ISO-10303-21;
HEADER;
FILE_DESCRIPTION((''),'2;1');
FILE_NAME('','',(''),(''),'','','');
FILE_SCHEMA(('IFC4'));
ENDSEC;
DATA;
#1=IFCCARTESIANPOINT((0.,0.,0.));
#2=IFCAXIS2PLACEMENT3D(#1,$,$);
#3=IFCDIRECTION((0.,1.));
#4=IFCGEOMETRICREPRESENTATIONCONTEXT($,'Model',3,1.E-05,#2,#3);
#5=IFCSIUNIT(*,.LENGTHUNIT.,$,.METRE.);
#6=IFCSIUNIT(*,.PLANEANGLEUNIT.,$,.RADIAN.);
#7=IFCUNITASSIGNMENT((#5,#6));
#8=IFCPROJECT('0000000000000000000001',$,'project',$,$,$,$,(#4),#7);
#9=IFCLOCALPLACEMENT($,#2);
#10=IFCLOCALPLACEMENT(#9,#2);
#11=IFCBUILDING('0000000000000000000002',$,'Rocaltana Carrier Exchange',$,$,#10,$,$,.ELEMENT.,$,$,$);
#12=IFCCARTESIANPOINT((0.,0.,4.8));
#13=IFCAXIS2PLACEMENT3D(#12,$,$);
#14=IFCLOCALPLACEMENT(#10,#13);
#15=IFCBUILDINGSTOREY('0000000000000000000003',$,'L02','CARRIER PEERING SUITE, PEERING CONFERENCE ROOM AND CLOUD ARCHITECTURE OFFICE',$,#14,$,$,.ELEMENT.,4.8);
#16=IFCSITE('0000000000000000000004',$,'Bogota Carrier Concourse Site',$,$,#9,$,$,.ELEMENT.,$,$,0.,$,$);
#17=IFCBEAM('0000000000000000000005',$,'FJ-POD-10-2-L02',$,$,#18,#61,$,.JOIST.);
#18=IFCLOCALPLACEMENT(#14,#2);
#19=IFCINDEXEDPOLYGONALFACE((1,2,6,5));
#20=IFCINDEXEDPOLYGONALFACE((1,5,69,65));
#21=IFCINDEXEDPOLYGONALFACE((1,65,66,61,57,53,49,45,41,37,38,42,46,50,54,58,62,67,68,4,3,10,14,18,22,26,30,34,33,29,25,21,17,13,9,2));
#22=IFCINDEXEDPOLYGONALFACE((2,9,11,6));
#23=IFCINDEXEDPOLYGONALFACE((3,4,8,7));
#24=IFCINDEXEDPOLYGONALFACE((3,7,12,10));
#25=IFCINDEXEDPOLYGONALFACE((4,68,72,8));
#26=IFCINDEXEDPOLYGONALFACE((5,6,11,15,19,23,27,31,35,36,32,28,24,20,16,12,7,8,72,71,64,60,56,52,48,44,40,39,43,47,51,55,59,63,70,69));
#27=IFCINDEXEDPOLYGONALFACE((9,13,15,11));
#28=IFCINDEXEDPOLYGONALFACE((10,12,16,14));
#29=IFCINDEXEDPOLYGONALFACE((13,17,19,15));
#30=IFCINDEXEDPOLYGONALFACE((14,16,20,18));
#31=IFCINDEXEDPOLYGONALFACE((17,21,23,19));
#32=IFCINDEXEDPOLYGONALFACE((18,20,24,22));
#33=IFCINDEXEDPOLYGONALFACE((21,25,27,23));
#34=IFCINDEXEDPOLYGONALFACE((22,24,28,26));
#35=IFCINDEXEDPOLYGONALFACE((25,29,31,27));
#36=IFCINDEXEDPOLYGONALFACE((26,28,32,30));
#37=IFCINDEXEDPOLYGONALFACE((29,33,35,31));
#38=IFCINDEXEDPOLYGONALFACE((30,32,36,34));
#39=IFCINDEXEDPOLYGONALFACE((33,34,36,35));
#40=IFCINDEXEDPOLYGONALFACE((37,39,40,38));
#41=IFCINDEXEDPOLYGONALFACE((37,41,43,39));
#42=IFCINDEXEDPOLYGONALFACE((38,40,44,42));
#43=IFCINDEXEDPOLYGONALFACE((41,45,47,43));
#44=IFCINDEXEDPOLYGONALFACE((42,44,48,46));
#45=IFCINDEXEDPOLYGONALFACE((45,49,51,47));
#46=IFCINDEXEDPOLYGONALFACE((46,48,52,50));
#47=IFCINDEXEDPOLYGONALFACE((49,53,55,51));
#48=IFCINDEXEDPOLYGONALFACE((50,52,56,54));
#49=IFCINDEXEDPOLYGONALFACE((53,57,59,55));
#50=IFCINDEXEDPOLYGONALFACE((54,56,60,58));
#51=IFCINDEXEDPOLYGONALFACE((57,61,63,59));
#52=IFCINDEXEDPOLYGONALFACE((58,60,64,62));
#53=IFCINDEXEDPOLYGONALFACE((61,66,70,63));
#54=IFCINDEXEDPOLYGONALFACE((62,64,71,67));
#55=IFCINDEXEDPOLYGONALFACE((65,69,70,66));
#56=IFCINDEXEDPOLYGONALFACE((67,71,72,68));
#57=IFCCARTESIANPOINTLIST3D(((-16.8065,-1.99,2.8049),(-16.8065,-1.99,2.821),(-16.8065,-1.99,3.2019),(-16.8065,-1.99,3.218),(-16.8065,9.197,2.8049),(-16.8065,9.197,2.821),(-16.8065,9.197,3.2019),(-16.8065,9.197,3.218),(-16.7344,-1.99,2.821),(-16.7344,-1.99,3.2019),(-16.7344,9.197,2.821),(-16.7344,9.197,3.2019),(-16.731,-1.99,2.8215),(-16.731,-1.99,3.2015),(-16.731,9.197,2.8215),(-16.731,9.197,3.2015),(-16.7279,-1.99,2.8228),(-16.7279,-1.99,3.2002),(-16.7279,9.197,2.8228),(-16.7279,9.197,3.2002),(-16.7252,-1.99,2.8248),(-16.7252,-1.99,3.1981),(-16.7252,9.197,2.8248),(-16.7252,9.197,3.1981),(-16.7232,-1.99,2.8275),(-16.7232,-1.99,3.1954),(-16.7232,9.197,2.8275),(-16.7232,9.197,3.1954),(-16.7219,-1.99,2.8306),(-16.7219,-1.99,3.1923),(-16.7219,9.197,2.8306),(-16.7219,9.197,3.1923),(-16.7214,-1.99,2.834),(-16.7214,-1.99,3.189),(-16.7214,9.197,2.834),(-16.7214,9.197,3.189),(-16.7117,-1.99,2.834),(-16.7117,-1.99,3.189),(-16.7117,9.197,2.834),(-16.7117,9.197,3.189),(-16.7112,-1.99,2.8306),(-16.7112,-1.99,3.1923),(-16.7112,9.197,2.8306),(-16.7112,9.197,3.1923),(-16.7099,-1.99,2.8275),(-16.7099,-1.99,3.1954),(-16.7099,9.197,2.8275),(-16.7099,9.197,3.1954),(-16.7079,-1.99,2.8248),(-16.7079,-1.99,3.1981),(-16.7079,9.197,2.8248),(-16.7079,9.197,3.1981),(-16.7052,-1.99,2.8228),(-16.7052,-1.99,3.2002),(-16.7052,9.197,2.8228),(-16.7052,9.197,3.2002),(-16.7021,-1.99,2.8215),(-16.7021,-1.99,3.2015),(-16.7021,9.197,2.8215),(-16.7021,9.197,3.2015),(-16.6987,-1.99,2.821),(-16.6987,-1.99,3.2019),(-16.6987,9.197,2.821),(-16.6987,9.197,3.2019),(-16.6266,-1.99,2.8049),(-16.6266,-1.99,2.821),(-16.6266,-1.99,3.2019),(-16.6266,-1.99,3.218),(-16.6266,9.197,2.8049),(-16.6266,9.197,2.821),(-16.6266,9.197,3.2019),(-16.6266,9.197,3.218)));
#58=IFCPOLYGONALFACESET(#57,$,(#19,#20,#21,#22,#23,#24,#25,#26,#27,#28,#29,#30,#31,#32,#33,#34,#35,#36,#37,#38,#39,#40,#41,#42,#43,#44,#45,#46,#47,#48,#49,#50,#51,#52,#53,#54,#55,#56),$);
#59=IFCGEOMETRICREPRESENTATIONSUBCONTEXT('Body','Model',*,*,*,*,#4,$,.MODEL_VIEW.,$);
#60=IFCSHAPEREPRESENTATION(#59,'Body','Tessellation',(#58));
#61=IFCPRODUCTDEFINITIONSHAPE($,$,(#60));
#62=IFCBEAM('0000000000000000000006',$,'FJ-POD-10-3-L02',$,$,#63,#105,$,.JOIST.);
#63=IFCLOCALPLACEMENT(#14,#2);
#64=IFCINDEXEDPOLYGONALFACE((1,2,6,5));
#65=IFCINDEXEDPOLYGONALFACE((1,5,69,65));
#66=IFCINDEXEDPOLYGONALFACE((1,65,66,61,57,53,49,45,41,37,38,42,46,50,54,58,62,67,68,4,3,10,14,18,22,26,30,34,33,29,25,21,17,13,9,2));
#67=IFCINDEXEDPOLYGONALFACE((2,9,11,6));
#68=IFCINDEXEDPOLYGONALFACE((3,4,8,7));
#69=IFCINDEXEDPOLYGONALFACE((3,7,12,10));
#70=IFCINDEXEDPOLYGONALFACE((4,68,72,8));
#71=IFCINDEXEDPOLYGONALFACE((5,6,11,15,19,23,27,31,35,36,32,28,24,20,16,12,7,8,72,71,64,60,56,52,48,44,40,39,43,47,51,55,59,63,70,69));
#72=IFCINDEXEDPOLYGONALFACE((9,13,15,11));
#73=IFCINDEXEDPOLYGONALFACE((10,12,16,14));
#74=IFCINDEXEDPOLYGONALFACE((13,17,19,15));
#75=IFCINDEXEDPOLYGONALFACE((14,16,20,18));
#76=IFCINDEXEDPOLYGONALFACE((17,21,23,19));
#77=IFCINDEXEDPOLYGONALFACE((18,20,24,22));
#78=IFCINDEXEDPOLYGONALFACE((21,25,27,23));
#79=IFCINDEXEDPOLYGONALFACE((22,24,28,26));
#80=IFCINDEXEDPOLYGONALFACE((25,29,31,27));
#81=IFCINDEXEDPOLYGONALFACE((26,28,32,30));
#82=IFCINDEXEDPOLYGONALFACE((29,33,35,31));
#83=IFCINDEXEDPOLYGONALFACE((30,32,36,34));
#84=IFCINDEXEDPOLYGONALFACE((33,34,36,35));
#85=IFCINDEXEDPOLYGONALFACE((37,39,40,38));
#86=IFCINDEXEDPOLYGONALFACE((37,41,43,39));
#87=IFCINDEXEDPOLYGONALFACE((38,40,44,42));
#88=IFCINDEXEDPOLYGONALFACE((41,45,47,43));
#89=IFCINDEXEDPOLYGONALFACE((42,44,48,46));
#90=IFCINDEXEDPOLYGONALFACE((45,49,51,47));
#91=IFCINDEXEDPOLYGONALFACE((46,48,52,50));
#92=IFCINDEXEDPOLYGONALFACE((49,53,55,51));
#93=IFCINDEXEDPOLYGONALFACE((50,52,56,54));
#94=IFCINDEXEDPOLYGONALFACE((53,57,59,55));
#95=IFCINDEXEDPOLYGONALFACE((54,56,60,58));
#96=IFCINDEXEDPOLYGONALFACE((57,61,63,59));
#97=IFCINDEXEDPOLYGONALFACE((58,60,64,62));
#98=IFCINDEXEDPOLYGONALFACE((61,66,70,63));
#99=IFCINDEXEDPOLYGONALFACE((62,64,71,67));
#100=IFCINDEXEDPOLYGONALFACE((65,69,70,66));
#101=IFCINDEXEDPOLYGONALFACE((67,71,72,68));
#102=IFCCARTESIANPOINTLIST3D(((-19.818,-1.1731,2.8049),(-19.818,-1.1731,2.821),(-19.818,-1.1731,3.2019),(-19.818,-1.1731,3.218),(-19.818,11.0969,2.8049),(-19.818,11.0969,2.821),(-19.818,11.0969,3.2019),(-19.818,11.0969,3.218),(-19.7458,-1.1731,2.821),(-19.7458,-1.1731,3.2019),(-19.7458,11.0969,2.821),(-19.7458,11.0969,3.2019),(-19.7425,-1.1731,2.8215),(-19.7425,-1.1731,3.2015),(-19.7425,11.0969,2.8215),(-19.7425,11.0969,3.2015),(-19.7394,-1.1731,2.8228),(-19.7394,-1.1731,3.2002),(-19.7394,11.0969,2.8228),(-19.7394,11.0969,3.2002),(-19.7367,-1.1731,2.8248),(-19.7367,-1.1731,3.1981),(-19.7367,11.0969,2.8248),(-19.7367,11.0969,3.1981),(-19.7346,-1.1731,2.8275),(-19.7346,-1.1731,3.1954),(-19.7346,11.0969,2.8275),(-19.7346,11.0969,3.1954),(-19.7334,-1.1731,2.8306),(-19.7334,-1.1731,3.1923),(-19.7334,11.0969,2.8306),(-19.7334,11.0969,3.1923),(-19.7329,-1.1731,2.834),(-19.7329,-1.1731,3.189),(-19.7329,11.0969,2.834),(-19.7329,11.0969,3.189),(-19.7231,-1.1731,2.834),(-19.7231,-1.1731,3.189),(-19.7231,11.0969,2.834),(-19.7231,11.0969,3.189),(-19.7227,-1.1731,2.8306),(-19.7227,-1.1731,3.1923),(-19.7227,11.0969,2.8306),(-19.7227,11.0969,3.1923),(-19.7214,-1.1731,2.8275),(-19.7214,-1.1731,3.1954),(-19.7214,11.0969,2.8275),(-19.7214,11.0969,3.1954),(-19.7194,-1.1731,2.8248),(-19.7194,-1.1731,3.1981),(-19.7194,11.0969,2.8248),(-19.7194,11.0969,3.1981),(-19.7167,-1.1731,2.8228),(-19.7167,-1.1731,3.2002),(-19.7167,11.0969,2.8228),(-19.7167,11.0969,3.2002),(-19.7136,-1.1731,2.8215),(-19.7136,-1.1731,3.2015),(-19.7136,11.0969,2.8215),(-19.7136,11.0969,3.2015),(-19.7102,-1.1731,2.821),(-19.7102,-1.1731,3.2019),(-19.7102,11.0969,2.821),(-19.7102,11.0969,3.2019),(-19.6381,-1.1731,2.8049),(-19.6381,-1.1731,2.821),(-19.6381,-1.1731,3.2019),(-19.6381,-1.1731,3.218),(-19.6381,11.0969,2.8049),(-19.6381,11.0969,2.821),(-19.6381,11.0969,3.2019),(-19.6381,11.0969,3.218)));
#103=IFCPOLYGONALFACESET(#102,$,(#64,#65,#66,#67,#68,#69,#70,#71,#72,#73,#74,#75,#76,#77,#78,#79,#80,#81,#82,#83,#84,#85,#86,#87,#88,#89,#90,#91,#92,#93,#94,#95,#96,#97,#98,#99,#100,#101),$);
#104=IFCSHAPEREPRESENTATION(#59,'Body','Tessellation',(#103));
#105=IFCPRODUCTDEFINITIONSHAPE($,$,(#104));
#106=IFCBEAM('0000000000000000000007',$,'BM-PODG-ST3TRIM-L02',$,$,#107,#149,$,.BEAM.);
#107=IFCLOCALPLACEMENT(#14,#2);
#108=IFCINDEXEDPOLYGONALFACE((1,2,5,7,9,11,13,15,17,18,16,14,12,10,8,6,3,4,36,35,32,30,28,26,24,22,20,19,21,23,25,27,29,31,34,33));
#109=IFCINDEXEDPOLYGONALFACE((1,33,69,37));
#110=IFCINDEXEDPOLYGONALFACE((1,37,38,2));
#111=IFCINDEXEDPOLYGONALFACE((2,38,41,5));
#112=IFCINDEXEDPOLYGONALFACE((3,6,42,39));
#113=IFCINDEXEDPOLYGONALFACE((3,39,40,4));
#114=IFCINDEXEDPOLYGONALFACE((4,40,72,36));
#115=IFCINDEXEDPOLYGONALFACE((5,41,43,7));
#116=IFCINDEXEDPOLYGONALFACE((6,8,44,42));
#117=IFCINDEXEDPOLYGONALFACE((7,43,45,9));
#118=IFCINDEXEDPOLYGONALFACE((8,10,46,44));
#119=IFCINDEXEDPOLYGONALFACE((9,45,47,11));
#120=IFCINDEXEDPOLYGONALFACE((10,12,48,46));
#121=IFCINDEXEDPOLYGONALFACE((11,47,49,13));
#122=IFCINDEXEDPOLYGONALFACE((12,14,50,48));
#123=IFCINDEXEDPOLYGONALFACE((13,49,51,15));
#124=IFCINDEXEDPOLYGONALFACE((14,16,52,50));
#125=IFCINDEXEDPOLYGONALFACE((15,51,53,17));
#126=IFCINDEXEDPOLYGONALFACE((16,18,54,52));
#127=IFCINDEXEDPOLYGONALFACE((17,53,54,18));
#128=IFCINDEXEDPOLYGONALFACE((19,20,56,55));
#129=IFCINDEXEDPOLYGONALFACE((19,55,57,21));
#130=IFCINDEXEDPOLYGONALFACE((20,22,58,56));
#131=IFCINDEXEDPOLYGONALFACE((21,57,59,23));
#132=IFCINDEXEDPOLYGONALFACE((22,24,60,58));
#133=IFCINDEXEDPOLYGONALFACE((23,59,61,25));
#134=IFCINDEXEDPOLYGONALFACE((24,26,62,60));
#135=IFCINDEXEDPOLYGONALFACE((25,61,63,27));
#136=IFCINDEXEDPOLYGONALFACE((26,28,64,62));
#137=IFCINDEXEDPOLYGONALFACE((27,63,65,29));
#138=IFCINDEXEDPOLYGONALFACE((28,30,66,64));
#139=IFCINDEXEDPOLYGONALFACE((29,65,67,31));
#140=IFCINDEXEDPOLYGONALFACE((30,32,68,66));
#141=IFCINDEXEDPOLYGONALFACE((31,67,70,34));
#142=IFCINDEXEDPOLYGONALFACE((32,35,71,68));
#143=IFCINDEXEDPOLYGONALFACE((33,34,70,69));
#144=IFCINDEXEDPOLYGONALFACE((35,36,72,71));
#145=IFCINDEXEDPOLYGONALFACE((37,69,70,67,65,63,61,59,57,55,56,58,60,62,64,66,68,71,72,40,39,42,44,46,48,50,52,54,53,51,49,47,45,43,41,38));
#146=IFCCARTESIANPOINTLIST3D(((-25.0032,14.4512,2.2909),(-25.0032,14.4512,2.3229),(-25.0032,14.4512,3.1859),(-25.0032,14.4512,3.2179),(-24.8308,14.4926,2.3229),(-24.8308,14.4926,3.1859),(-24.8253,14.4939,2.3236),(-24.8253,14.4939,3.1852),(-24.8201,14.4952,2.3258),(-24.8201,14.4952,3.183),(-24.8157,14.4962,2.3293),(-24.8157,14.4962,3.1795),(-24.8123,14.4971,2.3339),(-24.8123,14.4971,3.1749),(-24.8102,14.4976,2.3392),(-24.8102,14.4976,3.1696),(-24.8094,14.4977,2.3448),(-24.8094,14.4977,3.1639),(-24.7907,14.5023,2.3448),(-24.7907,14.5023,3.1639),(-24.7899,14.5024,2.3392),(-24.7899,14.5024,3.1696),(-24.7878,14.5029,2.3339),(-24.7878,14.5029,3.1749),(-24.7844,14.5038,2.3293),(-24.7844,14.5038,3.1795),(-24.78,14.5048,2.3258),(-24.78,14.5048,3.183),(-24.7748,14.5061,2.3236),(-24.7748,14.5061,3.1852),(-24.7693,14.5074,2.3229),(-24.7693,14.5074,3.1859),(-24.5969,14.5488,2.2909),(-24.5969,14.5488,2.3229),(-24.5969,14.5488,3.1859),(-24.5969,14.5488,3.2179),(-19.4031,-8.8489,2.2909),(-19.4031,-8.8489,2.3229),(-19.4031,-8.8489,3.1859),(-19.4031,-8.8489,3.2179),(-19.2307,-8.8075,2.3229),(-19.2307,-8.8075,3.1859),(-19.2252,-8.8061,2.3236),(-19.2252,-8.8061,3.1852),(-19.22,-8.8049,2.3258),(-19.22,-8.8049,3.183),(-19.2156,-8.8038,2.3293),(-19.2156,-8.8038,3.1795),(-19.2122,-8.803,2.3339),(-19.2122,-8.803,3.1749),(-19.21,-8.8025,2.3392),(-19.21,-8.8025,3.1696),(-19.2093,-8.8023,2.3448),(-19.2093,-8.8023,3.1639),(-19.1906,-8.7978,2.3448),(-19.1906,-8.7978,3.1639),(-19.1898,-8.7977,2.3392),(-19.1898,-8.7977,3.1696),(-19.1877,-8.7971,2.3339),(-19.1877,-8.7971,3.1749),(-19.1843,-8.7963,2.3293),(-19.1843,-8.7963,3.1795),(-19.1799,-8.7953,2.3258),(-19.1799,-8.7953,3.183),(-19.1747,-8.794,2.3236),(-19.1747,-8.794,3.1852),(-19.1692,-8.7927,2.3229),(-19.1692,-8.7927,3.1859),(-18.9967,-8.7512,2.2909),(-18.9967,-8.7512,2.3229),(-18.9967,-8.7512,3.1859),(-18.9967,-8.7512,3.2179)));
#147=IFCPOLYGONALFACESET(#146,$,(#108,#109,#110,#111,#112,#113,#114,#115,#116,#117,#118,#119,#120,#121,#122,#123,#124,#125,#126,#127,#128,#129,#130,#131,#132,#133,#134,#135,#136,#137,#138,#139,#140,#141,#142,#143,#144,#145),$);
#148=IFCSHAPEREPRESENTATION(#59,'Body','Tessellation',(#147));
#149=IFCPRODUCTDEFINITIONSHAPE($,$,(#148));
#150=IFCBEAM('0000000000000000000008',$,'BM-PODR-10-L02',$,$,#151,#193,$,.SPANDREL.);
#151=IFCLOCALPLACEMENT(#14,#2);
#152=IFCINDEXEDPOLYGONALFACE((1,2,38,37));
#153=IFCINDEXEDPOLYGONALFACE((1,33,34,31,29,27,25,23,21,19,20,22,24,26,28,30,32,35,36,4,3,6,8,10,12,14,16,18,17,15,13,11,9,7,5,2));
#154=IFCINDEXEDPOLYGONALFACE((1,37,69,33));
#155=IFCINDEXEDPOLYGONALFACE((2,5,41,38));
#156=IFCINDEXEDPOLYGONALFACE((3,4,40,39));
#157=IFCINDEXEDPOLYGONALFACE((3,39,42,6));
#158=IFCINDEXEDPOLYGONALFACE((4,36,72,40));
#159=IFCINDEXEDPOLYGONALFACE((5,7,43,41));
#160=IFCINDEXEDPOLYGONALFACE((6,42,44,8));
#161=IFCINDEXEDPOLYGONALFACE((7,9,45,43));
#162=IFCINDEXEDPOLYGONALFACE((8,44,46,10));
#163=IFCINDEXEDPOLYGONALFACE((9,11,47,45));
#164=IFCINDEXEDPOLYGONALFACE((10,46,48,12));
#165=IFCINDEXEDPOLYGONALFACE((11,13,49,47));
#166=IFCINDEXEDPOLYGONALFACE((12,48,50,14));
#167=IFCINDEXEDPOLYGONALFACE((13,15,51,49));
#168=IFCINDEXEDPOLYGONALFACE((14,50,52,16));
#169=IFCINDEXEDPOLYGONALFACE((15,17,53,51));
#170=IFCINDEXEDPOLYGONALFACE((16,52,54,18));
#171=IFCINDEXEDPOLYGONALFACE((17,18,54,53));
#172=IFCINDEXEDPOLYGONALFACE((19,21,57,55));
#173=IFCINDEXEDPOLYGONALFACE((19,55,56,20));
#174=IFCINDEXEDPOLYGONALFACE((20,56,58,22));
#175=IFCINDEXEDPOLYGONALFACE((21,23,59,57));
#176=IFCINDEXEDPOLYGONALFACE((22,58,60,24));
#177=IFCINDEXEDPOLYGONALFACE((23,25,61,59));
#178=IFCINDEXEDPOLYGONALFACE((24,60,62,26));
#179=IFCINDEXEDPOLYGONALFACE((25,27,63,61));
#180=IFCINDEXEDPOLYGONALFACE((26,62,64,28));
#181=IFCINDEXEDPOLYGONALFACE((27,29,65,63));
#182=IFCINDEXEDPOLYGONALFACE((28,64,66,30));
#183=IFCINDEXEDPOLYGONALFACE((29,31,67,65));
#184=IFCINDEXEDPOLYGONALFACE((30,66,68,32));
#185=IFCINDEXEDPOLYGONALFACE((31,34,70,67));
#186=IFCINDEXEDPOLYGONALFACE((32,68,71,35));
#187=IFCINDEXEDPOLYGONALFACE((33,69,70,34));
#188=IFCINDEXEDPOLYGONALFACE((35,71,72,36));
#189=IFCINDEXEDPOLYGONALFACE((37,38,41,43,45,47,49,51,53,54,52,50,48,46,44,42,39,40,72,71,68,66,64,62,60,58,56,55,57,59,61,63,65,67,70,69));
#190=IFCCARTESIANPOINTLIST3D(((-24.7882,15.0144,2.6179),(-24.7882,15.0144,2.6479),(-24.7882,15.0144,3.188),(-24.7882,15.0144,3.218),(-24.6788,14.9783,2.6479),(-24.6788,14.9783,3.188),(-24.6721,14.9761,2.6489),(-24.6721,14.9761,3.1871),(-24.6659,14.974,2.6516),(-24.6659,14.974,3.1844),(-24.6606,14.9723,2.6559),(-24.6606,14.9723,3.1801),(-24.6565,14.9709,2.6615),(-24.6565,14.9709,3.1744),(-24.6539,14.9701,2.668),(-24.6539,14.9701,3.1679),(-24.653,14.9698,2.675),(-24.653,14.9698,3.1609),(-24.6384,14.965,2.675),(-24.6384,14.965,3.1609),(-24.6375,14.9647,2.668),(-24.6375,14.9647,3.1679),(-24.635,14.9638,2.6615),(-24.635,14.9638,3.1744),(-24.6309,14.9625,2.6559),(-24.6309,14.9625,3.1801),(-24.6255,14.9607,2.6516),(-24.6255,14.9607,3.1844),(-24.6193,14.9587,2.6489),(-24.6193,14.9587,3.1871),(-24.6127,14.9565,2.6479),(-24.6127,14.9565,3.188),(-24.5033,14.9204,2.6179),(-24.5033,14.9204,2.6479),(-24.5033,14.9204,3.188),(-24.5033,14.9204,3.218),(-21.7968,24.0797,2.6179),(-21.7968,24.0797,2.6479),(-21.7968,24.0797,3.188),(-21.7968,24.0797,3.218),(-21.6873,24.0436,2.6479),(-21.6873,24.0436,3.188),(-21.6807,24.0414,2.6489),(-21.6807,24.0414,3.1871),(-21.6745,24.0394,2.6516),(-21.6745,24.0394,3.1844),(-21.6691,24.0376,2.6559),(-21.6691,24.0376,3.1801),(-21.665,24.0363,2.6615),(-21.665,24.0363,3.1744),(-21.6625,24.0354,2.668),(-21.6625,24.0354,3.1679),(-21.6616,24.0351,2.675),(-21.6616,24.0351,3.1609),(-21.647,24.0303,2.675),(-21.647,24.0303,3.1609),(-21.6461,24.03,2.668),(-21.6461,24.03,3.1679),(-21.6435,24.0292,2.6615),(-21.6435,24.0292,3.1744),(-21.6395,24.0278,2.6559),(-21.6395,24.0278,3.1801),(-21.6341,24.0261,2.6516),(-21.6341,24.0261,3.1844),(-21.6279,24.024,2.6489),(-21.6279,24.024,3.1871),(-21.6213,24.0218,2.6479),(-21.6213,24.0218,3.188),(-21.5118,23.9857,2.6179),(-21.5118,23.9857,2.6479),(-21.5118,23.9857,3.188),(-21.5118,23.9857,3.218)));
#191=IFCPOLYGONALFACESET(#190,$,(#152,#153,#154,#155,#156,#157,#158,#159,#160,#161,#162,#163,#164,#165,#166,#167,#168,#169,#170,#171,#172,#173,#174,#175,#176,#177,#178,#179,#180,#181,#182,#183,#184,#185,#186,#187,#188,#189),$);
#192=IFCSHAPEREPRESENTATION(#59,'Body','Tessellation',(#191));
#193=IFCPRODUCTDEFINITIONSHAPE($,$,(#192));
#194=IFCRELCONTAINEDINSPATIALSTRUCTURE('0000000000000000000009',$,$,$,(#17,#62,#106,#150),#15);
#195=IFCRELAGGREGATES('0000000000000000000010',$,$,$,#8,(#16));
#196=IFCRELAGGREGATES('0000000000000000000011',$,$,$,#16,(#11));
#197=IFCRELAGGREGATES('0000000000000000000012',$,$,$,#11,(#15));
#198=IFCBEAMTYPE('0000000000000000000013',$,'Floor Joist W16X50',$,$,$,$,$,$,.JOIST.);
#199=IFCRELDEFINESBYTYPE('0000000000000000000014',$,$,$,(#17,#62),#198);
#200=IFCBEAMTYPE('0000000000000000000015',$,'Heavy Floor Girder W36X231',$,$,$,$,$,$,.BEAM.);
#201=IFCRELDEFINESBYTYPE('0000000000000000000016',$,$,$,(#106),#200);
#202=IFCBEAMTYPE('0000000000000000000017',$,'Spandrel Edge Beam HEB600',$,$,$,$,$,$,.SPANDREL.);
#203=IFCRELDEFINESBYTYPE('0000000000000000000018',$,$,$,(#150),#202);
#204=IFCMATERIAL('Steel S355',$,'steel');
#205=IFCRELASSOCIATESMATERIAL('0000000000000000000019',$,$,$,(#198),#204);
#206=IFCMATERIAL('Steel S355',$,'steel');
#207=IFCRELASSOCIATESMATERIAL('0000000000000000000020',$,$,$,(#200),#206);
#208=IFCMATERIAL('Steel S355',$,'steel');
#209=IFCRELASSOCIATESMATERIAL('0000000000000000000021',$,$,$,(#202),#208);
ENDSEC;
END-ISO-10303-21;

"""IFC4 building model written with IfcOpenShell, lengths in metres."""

from ifc_helpers import new_model, si_unit, direction, frame, origin, origin_2d, place, context, subcontext, project, spatial, i_section, extrude, material, material_profile, profile_set, type_object, element, save


model = new_model("IFC4")

# Units and contexts
model_context = context("Model", 3, precision=1e-05, world=origin(), true_north=direction((0.0, 1.0)))
body_context = subcontext(model_context, "Body", "Model", "MODEL_VIEW")
ifc_project = project(units=[si_unit("LENGTHUNIT", "METRE"), si_unit("PLANEANGLEUNIT", "RADIAN")], contexts=[model_context])

# Site, building, storey
site_placement = place(None, origin())
site = spatial("IfcSite", under=ifc_project, at=site_placement, Name="Bogota Carrier Concourse Site", CompositionType="ELEMENT", RefElevation=0.0)
building_placement = place(site_placement, origin())
building = spatial("IfcBuilding", under=site, at=building_placement, Name="Rocaltana Carrier Exchange", CompositionType="ELEMENT")
storey_placement = place(building_placement, frame((0.0, 0.0, 4.8)))
storey = spatial("IfcBuildingStorey", under=building, at=storey_placement, Name="L02", Description="CARRIER PEERING SUITE, PEERING CONFERENCE ROOM AND CLOUD ARCHITECTURE OFFICE", CompositionType="ELEMENT", Elevation=4.8)

# Beams
ifc_material_1 = material(Name="Steel S355", Category="steel")
ifc_material_profile_1 = material_profile(ifc_material_1, i_section(OverallWidth=0.1799, OverallDepth=0.4131, WebThickness=0.0098, FlangeThickness=0.0161, FilletRadius=0.0129, at=origin_2d()), Name="W16X50")
ifc_profile_set_1 = profile_set([ifc_material_profile_1], Name="Steel S355")
beam_type_1 = type_object("IfcBeamType", Name="Floor Joist W16X50", PredefinedType="JOIST", material=ifc_profile_set_1)
beam_1_placement = place(storey_placement, frame((-16.7166, 9.197, 3.0115), z_axis=(0.0, -1.0, 0.0), x_axis=(1.0, 0.0, 0.0)))
element("IfcBeam", 1, at=beam_1_placement, inside=storey, type_object=beam_type_1, Name="FJ-POD-10-2-L02", PredefinedType="JOIST", context=body_context, shape_type="SweptSolid", body=[
    extrude(i_section(OverallWidth=0.1799, OverallDepth=0.4131, WebThickness=0.0098, FlangeThickness=0.0161, FilletRadius=0.0129, at=origin_2d()), origin(), (0.0, 0.0, 1.0), 11.187),
])
beam_2_placement = place(storey_placement, frame((-19.728, 11.0969, 3.0115), z_axis=(0.0, -1.0, 0.0), x_axis=(1.0, 0.0, 0.0)))
element("IfcBeam", 2, at=beam_2_placement, inside=storey, type_object=beam_type_1, Name="FJ-POD-10-3-L02", PredefinedType="JOIST", context=body_context, shape_type="SweptSolid", body=[
    extrude(i_section(OverallWidth=0.1799, OverallDepth=0.4131, WebThickness=0.0098, FlangeThickness=0.0161, FilletRadius=0.0129, at=origin_2d()), origin(), (0.0, 0.0, 1.0), 12.27),
])
ifc_material_2 = material(Name="Steel S355", Category="steel")
ifc_material_profile_2 = material_profile(ifc_material_2, i_section(OverallWidth=0.418, OverallDepth=0.927, WebThickness=0.0193, FlangeThickness=0.032, FilletRadius=0.022, at=origin_2d()), Name="W36X231")
ifc_profile_set_2 = profile_set([ifc_material_profile_2], Name="Steel S355")
beam_type_2 = type_object("IfcBeamType", Name="Heavy Floor Girder W36X231", PredefinedType="BEAM", material=ifc_profile_set_2)
beam_3_placement = place(storey_placement, frame((-24.8, 14.5, 2.7544), z_axis=(0.233692, -0.972311, 0.0), x_axis=(0.972311, 0.233692, 0.0)))
element("IfcBeam", 3, at=beam_3_placement, inside=storey, type_object=beam_type_2, Name="BM-PODG-ST3TRIM-L02", PredefinedType="BEAM", context=body_context, shape_type="SweptSolid", body=[
    extrude(i_section(OverallWidth=0.418, OverallDepth=0.927, WebThickness=0.0193, FlangeThickness=0.032, FilletRadius=0.022, at=origin_2d()), origin(), (0.0, 0.0, 1.0), 23.9636),
])
ifc_material_3 = material(Name="Steel S355", Category="steel")
ifc_material_profile_3 = material_profile(ifc_material_3, i_section(OverallWidth=0.3, OverallDepth=0.6001, WebThickness=0.0154, FlangeThickness=0.03, FilletRadius=0.0271, at=origin_2d()), Name="HEB600")
ifc_profile_set_3 = profile_set([ifc_material_profile_3], Name="Steel S355")
beam_type_3 = type_object("IfcBeamType", Name="Spandrel Edge Beam HEB600", PredefinedType="SPANDREL", material=ifc_profile_set_3)
beam_4_placement = place(storey_placement, frame((-21.6543, 24.0327, 2.918), z_axis=(-0.313365, -0.949633, 0.0), x_axis=(0.949633, -0.313365, 0.0)))
element("IfcBeam", 4, at=beam_4_placement, inside=storey, type_object=beam_type_3, Name="BM-PODR-10-L02", PredefinedType="SPANDREL", context=body_context, shape_type="SweptSolid", body=[
    extrude(i_section(OverallWidth=0.3, OverallDepth=0.6001, WebThickness=0.0154, FlangeThickness=0.03, FilletRadius=0.0271, at=origin_2d()), origin(), (0.0, 0.0, 1.0), 9.5461),
])

save(model, "model.ifc")
